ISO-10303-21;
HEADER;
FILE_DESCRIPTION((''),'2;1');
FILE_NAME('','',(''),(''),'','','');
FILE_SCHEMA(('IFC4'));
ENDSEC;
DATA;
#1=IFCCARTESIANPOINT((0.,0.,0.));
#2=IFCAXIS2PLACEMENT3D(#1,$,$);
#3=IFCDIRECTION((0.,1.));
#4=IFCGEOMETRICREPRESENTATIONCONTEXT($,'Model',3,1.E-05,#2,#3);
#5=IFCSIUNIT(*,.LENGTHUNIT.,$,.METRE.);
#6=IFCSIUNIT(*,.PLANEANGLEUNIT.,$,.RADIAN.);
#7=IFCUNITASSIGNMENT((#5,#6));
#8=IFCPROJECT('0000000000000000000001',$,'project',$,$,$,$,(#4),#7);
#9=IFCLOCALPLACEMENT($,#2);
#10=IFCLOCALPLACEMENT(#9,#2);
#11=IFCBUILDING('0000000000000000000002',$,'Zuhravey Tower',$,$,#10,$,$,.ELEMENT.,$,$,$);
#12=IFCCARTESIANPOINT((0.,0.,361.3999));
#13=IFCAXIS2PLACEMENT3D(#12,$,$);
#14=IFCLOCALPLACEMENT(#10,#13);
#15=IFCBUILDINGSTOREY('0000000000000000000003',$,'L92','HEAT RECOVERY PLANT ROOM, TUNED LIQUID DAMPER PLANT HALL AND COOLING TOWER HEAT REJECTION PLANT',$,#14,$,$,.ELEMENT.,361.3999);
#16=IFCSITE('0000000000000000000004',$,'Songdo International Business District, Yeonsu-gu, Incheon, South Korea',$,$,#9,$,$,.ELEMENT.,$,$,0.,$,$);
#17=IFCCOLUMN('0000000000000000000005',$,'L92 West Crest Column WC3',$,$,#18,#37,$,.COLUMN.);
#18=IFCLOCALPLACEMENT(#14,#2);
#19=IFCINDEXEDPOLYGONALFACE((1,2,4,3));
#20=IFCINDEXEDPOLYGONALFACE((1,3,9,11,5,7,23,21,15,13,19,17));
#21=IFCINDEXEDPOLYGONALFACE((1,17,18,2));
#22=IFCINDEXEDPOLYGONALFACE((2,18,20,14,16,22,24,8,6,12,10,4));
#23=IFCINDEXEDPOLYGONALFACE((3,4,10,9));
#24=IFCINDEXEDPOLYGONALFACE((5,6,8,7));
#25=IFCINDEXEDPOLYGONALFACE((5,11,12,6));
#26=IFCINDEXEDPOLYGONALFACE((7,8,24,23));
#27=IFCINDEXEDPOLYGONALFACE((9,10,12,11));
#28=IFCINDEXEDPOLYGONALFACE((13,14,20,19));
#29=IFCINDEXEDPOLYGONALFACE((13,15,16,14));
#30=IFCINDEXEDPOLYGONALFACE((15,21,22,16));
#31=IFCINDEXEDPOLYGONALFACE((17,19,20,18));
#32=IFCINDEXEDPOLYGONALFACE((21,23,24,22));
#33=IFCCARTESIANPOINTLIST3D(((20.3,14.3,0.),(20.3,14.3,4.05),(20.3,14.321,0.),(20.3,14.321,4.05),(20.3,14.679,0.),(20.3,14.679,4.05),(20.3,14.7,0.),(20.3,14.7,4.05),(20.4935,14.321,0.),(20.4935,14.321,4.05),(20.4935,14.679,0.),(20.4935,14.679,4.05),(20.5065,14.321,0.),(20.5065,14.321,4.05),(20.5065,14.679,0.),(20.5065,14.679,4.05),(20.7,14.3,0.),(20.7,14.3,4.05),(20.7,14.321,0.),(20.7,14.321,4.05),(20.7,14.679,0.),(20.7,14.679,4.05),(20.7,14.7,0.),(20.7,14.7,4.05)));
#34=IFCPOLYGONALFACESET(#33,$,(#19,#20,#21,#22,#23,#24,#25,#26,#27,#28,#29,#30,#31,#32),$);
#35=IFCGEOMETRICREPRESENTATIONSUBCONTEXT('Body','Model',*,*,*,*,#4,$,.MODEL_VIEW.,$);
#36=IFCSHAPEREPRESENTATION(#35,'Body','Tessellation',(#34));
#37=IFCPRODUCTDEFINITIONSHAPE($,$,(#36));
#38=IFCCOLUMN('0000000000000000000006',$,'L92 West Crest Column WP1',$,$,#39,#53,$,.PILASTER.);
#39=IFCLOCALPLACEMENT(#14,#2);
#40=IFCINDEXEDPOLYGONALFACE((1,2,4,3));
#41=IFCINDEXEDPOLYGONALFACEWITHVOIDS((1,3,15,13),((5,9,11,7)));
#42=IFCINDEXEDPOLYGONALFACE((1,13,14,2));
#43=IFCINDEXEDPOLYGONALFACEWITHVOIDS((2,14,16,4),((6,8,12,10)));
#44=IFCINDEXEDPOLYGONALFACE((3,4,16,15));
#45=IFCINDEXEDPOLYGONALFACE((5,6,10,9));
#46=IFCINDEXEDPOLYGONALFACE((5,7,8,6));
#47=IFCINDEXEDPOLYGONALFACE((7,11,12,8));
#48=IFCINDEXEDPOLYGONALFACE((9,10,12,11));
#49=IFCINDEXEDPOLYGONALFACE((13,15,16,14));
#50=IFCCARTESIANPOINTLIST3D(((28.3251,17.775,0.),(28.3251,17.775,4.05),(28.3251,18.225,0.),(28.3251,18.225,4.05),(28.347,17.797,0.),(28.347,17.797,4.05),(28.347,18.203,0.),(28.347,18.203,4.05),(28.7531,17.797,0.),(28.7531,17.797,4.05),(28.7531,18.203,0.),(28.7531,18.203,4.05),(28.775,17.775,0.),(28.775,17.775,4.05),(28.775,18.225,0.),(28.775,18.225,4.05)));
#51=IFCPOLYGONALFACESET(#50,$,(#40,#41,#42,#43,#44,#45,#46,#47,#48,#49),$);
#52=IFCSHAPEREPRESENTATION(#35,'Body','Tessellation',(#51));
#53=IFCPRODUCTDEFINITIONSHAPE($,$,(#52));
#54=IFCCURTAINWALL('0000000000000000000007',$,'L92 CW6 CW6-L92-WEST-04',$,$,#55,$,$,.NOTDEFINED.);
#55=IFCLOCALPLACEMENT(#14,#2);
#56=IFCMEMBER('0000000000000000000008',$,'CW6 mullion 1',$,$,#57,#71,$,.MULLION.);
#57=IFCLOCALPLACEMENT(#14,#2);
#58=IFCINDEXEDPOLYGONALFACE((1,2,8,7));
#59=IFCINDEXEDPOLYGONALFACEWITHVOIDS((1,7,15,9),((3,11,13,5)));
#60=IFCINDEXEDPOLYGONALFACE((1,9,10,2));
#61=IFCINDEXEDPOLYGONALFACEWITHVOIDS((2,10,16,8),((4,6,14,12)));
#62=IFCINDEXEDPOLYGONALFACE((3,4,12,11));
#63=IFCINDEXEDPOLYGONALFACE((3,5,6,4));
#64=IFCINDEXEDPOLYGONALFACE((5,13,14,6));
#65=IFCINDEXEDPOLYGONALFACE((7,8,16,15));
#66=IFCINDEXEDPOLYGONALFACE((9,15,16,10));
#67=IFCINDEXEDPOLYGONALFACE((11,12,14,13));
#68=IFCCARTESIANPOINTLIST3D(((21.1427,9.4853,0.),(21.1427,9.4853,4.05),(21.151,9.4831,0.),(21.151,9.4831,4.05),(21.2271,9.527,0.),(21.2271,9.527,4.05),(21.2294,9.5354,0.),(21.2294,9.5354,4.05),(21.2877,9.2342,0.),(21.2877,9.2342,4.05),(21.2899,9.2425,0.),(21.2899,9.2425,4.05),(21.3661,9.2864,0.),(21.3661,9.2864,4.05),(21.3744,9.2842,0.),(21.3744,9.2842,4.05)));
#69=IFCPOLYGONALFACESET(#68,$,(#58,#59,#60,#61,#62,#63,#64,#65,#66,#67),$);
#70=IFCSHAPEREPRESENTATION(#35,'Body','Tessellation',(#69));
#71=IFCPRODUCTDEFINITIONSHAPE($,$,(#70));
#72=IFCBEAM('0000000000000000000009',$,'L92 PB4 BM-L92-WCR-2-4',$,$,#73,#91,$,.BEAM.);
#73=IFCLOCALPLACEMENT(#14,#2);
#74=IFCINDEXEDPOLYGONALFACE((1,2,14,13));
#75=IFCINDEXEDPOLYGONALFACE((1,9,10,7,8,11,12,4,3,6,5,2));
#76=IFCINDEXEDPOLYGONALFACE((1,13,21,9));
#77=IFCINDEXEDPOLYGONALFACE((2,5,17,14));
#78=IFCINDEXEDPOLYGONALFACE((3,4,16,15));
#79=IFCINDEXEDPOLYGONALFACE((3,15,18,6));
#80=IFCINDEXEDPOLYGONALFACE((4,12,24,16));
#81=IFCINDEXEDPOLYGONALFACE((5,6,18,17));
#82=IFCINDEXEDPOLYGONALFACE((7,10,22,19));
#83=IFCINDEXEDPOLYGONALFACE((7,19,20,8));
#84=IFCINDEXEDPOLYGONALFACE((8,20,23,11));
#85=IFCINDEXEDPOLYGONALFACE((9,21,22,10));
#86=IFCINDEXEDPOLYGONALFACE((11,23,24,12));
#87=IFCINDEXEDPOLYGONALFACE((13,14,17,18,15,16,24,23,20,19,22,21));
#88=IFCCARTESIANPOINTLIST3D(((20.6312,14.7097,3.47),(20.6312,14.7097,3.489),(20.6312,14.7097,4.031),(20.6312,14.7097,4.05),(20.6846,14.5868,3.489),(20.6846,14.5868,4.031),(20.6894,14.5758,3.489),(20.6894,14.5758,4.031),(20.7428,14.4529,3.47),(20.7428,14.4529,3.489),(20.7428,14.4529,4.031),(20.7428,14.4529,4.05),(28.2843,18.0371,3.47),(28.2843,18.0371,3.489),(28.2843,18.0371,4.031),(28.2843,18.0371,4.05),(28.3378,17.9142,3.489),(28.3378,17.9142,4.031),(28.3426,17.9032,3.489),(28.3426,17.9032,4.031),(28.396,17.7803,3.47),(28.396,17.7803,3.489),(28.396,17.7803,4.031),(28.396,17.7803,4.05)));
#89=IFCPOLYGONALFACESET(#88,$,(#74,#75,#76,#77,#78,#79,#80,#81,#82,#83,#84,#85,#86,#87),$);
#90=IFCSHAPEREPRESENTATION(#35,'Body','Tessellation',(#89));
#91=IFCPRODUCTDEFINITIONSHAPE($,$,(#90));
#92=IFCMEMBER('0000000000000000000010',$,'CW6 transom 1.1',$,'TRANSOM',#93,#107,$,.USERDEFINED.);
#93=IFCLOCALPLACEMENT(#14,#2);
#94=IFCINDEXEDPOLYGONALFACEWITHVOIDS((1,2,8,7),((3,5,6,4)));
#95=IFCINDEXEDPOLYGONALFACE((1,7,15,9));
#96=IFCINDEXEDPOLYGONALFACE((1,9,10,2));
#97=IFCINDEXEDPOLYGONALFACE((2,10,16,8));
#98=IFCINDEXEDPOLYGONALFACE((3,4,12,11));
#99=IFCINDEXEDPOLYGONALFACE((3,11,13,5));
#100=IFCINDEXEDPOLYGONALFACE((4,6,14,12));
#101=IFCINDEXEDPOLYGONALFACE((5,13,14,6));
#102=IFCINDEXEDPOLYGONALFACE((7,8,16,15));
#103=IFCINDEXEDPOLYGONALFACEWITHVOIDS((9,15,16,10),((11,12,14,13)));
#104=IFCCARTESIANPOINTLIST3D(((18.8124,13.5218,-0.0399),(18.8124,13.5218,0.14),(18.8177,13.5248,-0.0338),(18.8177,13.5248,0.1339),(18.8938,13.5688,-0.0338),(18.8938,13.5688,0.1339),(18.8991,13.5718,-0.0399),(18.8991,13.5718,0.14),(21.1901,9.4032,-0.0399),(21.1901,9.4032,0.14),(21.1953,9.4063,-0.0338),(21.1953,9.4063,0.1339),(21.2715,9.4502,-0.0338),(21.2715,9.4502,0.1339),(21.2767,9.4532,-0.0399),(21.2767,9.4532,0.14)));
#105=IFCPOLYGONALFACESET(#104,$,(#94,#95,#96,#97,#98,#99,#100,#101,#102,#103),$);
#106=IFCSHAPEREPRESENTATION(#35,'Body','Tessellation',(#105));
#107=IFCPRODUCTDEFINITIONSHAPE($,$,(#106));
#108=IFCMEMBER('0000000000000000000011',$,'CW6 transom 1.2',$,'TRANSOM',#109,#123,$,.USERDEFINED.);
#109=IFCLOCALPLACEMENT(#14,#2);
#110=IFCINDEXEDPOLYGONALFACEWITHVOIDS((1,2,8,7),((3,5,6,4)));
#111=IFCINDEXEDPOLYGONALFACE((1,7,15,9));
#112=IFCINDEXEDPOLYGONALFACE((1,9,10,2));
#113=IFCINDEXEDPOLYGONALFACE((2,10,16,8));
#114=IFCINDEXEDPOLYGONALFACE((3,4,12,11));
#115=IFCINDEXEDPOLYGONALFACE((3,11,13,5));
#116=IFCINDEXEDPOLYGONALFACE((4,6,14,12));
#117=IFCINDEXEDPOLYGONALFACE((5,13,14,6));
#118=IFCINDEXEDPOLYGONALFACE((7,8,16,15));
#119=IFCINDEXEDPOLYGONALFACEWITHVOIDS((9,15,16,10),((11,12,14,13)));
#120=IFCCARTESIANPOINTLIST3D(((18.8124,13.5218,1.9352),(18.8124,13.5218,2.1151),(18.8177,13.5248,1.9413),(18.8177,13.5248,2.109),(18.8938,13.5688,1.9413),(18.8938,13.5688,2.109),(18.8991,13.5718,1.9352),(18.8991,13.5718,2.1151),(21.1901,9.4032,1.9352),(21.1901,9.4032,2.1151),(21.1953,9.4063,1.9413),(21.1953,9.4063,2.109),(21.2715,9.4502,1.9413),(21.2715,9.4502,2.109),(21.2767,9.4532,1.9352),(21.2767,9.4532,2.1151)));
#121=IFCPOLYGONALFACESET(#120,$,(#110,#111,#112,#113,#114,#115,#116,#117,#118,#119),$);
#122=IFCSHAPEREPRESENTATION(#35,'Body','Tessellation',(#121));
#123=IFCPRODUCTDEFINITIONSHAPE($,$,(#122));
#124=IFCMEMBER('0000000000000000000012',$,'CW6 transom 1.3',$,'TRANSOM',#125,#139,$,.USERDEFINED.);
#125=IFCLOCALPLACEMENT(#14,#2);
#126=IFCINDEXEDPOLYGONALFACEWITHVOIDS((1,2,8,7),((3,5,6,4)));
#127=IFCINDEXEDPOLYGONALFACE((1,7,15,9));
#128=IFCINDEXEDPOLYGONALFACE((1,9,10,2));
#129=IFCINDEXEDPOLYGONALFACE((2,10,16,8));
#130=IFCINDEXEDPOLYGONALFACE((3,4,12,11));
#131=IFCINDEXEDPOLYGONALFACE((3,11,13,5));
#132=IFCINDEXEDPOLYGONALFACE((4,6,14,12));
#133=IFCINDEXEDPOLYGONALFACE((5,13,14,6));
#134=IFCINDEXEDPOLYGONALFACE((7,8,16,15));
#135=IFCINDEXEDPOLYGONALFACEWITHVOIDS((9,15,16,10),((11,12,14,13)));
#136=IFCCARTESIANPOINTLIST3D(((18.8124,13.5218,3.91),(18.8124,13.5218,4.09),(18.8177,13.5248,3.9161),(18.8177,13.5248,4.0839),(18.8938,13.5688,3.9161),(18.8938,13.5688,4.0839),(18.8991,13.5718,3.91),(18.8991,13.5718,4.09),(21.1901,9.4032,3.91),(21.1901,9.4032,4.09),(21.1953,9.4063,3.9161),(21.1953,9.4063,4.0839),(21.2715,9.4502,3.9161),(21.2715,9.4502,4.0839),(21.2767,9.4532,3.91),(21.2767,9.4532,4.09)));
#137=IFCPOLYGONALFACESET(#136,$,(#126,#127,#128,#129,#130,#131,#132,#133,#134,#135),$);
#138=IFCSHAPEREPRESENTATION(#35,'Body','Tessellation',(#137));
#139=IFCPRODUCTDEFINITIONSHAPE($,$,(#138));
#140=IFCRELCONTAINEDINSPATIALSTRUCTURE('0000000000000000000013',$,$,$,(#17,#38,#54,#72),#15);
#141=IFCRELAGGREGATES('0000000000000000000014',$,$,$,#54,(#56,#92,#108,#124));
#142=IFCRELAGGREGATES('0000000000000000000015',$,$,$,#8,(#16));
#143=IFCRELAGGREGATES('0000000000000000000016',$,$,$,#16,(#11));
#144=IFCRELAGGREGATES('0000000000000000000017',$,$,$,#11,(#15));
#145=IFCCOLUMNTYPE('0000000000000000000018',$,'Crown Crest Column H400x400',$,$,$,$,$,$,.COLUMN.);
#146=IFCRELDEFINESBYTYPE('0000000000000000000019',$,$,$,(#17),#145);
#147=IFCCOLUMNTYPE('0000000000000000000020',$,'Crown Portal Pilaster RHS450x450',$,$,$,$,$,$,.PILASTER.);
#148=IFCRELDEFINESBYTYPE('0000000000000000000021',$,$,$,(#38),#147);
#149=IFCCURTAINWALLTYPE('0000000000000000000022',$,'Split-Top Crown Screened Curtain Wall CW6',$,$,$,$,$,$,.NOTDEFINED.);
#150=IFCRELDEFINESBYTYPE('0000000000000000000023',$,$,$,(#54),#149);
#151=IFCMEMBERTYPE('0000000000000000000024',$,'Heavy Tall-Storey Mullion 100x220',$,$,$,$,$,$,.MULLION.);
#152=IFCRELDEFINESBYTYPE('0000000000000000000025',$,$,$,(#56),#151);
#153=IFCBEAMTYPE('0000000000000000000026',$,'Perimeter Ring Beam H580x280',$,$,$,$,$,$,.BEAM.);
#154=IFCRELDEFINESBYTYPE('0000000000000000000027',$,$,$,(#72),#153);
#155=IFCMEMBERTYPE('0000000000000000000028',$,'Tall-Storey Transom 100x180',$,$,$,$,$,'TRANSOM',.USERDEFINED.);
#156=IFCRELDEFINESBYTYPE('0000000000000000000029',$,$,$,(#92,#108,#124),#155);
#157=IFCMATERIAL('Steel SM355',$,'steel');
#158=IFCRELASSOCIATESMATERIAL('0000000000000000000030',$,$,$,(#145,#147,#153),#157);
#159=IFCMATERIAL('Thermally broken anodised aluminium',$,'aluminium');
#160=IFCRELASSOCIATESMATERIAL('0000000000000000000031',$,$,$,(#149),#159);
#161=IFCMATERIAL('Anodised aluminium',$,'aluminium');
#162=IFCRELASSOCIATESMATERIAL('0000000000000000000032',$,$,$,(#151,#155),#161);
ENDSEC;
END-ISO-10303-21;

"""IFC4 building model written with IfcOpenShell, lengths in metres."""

from ifc_helpers import new_model, si_unit, direction, frame, origin, origin_2d, place, context, subcontext, project, spatial, hollow_rectangle, i_section, extrude, material, material_profile, profile_set, type_object, element, aggregate, save


model = new_model("IFC4")

# Units and contexts
model_context = context("Model", 3, precision=1e-05, world=origin(), true_north=direction((0.0, 1.0)))
body_context = subcontext(model_context, "Body", "Model", "MODEL_VIEW")
ifc_project = project(units=[si_unit("LENGTHUNIT", "METRE"), si_unit("PLANEANGLEUNIT", "RADIAN")], contexts=[model_context])

# Site, building, storey
site_placement = place(None, origin())
site = spatial("IfcSite", under=ifc_project, at=site_placement, Name="Songdo International Business District, Yeonsu-gu, Incheon, South Korea", CompositionType="ELEMENT", RefElevation=0.0)
building_placement = place(site_placement, origin())
building = spatial("IfcBuilding", under=site, at=building_placement, Name="Zuhravey Tower", CompositionType="ELEMENT")
storey_placement = place(building_placement, frame((0.0, 0.0, 361.3999)))
storey = spatial("IfcBuildingStorey", under=building, at=storey_placement, Name="L92", Description="HEAT RECOVERY PLANT ROOM, TUNED LIQUID DAMPER PLANT HALL AND COOLING TOWER HEAT REJECTION PLANT", CompositionType="ELEMENT", Elevation=361.3999)

# Columns
ifc_material_1 = material(Name="Steel SM355", Category="steel")
ifc_material_profile_1 = material_profile(ifc_material_1, i_section(OverallWidth=0.3999, OverallDepth=0.3999, WebThickness=0.0129, FlangeThickness=0.021, at=origin_2d()), Name="H-400x400x13x21")
ifc_profile_set_1 = profile_set([ifc_material_profile_1], Name="Steel SM355")
column_type_1 = type_object("IfcColumnType", Name="Crown Crest Column H400x400", PredefinedType="COLUMN", material=ifc_profile_set_1)
column_1_placement = place(storey_placement, frame((20.5, 14.5, 0.0), z_axis=(0.0, 0.0, 1.0), x_axis=(1.0, 0.0, 0.0)))
element("IfcColumn", 1, at=column_1_placement, inside=storey, type_object=column_type_1, Name="L92 West Crest Column WC3", PredefinedType="COLUMN", context=body_context, shape_type="SweptSolid", body=[
    extrude(i_section(OverallWidth=0.3999, OverallDepth=0.3999, WebThickness=0.0129, FlangeThickness=0.021, at=origin_2d()), origin(), (0.0, 0.0, 1.0), 4.05),
])
ifc_material_profile_2 = material_profile(ifc_material_1, hollow_rectangle(XDim=0.45, YDim=0.45, WallThickness=0.022, at=origin_2d()), Name="RHS-450x450x22")
ifc_profile_set_2 = profile_set([ifc_material_profile_2], Name="Steel SM355")
column_type_2 = type_object("IfcColumnType", Name="Crown Portal Pilaster RHS450x450", PredefinedType="PILASTER", material=ifc_profile_set_2)
column_2_placement = place(storey_placement, frame((28.55, 18.0, 0.0), z_axis=(0.0, 0.0, 1.0), x_axis=(1.0, 0.0, 0.0)))
element("IfcColumn", 2, at=column_2_placement, inside=storey, type_object=column_type_2, Name="L92 West Crest Column WP1", PredefinedType="PILASTER", context=body_context, shape_type="SweptSolid", body=[
    extrude(hollow_rectangle(XDim=0.45, YDim=0.45, WallThickness=0.022, at=origin_2d()), origin(), (0.0, 0.0, 1.0), 4.05),
])

# Curtain wall, member
ifc_material_2 = material(Name="Thermally broken anodised aluminium", Category="aluminium")
curtain_wall_type = type_object("IfcCurtainWallType", Name="Split-Top Crown Screened Curtain Wall CW6", PredefinedType="NOTDEFINED", material=ifc_material_2)
curtain_wall_placement = place(storey_placement, origin())
curtain_wall = element("IfcCurtainWall", 3, at=curtain_wall_placement, inside=storey, type_object=curtain_wall_type, Name="L92 CW6 CW6-L92-WEST-04", PredefinedType="NOTDEFINED")
ifc_material_3 = material(Name="Anodised aluminium", Category="aluminium")
ifc_material_profile_3 = material_profile(ifc_material_3, hollow_rectangle(XDim=0.1001, YDim=0.29, WallThickness=0.0061, at=origin_2d()), Name="ALU-RHS-100x290x6")
ifc_profile_set_3 = profile_set([ifc_material_profile_3], Name="Anodised aluminium")
member_type_1 = type_object("IfcMemberType", Name="Heavy Tall-Storey Mullion 100x220", PredefinedType="MULLION", material=ifc_profile_set_3)
member_1_placement = place(storey_placement, frame((21.2585, 9.3848, 0.0), z_axis=(0.0, 0.0, 1.0), x_axis=(-0.866027, -0.499997, 0.0)))
member_1 = element("IfcMember", 4, at=member_1_placement, type_object=member_type_1, Name="CW6 mullion 1", PredefinedType="MULLION", context=body_context, shape_type="SweptSolid", body=[
    extrude(hollow_rectangle(XDim=0.1001, YDim=0.29, WallThickness=0.0061, at=origin_2d()), origin(), (0.0, 0.0, 1.0), 4.05),
])

# Beam
ifc_material_profile_4 = material_profile(ifc_material_1, i_section(OverallWidth=0.28, OverallDepth=0.5801, WebThickness=0.012, FlangeThickness=0.019, at=origin_2d()), Name="H-580x280x12x19")
ifc_profile_set_4 = profile_set([ifc_material_profile_4], Name="Steel SM355")
beam_type = type_object("IfcBeamType", Name="Perimeter Ring Beam H580x280", PredefinedType="BEAM", material=ifc_profile_set_4)
beam_placement = place(storey_placement, frame((20.687, 14.5813, 3.76), z_axis=(0.917071, 0.398723, 0.0), x_axis=(-0.398723, 0.917071, 0.0)))
element("IfcBeam", 5, at=beam_placement, inside=storey, type_object=beam_type, Name="L92 PB4 BM-L92-WCR-2-4", PredefinedType="BEAM", context=body_context, shape_type="SweptSolid", body=[
    extrude(i_section(OverallWidth=0.28, OverallDepth=0.5801, WebThickness=0.012, FlangeThickness=0.019, at=origin_2d()), origin(), (0.0, 0.0, 1.0), 8.3452),
])

# Members
ifc_material_profile_5 = material_profile(ifc_material_3, hollow_rectangle(XDim=0.1001, YDim=0.1799, WallThickness=0.0061, at=origin_2d()), Name="ALU-RHS-100x180x6")
ifc_profile_set_5 = profile_set([ifc_material_profile_5], Name="Anodised aluminium")
member_type_2 = type_object("IfcMemberType", Name="Tall-Storey Transom 100x180", ElementType="TRANSOM", PredefinedType="USERDEFINED", material=ifc_profile_set_5)
member_2_placement = place(storey_placement, frame((21.2334, 9.4282, 0.05), z_axis=(-0.499965, 0.866045, 0.0), x_axis=(-0.866045, -0.499965, 0.0)))
member_2 = element("IfcMember", 6, at=member_2_placement, type_object=member_type_2, Name="CW6 transom 1.1", ObjectType="TRANSOM", PredefinedType="USERDEFINED", context=body_context, shape_type="SweptSolid", body=[
    extrude(hollow_rectangle(XDim=0.1001, YDim=0.1799, WallThickness=0.0061, at=origin_2d()), origin(), (0.0, 0.0, 1.0), 4.7556),
])
member_3_placement = place(storey_placement, frame((21.2334, 9.4282, 2.0251), z_axis=(-0.499965, 0.866045, 0.0), x_axis=(-0.866045, -0.499965, 0.0)))
member_3 = element("IfcMember", 7, at=member_3_placement, type_object=member_type_2, Name="CW6 transom 1.2", ObjectType="TRANSOM", PredefinedType="USERDEFINED", context=body_context, shape_type="SweptSolid", body=[
    extrude(hollow_rectangle(XDim=0.1001, YDim=0.1799, WallThickness=0.0061, at=origin_2d()), origin(), (0.0, 0.0, 1.0), 4.7556),
])
member_4_placement = place(storey_placement, frame((21.2334, 9.4282, 4.0), z_axis=(-0.499965, 0.866045, 0.0), x_axis=(-0.866045, -0.499965, 0.0)))
member_4 = element("IfcMember", 8, at=member_4_placement, type_object=member_type_2, Name="CW6 transom 1.3", ObjectType="TRANSOM", PredefinedType="USERDEFINED", context=body_context, shape_type="SweptSolid", body=[
    extrude(hollow_rectangle(XDim=0.1001, YDim=0.1799, WallThickness=0.0061, at=origin_2d()), origin(), (0.0, 0.0, 1.0), 4.7556),
])

aggregate(curtain_wall, [member_1, member_2, member_3, member_4])

save(model, "model.ifc")
